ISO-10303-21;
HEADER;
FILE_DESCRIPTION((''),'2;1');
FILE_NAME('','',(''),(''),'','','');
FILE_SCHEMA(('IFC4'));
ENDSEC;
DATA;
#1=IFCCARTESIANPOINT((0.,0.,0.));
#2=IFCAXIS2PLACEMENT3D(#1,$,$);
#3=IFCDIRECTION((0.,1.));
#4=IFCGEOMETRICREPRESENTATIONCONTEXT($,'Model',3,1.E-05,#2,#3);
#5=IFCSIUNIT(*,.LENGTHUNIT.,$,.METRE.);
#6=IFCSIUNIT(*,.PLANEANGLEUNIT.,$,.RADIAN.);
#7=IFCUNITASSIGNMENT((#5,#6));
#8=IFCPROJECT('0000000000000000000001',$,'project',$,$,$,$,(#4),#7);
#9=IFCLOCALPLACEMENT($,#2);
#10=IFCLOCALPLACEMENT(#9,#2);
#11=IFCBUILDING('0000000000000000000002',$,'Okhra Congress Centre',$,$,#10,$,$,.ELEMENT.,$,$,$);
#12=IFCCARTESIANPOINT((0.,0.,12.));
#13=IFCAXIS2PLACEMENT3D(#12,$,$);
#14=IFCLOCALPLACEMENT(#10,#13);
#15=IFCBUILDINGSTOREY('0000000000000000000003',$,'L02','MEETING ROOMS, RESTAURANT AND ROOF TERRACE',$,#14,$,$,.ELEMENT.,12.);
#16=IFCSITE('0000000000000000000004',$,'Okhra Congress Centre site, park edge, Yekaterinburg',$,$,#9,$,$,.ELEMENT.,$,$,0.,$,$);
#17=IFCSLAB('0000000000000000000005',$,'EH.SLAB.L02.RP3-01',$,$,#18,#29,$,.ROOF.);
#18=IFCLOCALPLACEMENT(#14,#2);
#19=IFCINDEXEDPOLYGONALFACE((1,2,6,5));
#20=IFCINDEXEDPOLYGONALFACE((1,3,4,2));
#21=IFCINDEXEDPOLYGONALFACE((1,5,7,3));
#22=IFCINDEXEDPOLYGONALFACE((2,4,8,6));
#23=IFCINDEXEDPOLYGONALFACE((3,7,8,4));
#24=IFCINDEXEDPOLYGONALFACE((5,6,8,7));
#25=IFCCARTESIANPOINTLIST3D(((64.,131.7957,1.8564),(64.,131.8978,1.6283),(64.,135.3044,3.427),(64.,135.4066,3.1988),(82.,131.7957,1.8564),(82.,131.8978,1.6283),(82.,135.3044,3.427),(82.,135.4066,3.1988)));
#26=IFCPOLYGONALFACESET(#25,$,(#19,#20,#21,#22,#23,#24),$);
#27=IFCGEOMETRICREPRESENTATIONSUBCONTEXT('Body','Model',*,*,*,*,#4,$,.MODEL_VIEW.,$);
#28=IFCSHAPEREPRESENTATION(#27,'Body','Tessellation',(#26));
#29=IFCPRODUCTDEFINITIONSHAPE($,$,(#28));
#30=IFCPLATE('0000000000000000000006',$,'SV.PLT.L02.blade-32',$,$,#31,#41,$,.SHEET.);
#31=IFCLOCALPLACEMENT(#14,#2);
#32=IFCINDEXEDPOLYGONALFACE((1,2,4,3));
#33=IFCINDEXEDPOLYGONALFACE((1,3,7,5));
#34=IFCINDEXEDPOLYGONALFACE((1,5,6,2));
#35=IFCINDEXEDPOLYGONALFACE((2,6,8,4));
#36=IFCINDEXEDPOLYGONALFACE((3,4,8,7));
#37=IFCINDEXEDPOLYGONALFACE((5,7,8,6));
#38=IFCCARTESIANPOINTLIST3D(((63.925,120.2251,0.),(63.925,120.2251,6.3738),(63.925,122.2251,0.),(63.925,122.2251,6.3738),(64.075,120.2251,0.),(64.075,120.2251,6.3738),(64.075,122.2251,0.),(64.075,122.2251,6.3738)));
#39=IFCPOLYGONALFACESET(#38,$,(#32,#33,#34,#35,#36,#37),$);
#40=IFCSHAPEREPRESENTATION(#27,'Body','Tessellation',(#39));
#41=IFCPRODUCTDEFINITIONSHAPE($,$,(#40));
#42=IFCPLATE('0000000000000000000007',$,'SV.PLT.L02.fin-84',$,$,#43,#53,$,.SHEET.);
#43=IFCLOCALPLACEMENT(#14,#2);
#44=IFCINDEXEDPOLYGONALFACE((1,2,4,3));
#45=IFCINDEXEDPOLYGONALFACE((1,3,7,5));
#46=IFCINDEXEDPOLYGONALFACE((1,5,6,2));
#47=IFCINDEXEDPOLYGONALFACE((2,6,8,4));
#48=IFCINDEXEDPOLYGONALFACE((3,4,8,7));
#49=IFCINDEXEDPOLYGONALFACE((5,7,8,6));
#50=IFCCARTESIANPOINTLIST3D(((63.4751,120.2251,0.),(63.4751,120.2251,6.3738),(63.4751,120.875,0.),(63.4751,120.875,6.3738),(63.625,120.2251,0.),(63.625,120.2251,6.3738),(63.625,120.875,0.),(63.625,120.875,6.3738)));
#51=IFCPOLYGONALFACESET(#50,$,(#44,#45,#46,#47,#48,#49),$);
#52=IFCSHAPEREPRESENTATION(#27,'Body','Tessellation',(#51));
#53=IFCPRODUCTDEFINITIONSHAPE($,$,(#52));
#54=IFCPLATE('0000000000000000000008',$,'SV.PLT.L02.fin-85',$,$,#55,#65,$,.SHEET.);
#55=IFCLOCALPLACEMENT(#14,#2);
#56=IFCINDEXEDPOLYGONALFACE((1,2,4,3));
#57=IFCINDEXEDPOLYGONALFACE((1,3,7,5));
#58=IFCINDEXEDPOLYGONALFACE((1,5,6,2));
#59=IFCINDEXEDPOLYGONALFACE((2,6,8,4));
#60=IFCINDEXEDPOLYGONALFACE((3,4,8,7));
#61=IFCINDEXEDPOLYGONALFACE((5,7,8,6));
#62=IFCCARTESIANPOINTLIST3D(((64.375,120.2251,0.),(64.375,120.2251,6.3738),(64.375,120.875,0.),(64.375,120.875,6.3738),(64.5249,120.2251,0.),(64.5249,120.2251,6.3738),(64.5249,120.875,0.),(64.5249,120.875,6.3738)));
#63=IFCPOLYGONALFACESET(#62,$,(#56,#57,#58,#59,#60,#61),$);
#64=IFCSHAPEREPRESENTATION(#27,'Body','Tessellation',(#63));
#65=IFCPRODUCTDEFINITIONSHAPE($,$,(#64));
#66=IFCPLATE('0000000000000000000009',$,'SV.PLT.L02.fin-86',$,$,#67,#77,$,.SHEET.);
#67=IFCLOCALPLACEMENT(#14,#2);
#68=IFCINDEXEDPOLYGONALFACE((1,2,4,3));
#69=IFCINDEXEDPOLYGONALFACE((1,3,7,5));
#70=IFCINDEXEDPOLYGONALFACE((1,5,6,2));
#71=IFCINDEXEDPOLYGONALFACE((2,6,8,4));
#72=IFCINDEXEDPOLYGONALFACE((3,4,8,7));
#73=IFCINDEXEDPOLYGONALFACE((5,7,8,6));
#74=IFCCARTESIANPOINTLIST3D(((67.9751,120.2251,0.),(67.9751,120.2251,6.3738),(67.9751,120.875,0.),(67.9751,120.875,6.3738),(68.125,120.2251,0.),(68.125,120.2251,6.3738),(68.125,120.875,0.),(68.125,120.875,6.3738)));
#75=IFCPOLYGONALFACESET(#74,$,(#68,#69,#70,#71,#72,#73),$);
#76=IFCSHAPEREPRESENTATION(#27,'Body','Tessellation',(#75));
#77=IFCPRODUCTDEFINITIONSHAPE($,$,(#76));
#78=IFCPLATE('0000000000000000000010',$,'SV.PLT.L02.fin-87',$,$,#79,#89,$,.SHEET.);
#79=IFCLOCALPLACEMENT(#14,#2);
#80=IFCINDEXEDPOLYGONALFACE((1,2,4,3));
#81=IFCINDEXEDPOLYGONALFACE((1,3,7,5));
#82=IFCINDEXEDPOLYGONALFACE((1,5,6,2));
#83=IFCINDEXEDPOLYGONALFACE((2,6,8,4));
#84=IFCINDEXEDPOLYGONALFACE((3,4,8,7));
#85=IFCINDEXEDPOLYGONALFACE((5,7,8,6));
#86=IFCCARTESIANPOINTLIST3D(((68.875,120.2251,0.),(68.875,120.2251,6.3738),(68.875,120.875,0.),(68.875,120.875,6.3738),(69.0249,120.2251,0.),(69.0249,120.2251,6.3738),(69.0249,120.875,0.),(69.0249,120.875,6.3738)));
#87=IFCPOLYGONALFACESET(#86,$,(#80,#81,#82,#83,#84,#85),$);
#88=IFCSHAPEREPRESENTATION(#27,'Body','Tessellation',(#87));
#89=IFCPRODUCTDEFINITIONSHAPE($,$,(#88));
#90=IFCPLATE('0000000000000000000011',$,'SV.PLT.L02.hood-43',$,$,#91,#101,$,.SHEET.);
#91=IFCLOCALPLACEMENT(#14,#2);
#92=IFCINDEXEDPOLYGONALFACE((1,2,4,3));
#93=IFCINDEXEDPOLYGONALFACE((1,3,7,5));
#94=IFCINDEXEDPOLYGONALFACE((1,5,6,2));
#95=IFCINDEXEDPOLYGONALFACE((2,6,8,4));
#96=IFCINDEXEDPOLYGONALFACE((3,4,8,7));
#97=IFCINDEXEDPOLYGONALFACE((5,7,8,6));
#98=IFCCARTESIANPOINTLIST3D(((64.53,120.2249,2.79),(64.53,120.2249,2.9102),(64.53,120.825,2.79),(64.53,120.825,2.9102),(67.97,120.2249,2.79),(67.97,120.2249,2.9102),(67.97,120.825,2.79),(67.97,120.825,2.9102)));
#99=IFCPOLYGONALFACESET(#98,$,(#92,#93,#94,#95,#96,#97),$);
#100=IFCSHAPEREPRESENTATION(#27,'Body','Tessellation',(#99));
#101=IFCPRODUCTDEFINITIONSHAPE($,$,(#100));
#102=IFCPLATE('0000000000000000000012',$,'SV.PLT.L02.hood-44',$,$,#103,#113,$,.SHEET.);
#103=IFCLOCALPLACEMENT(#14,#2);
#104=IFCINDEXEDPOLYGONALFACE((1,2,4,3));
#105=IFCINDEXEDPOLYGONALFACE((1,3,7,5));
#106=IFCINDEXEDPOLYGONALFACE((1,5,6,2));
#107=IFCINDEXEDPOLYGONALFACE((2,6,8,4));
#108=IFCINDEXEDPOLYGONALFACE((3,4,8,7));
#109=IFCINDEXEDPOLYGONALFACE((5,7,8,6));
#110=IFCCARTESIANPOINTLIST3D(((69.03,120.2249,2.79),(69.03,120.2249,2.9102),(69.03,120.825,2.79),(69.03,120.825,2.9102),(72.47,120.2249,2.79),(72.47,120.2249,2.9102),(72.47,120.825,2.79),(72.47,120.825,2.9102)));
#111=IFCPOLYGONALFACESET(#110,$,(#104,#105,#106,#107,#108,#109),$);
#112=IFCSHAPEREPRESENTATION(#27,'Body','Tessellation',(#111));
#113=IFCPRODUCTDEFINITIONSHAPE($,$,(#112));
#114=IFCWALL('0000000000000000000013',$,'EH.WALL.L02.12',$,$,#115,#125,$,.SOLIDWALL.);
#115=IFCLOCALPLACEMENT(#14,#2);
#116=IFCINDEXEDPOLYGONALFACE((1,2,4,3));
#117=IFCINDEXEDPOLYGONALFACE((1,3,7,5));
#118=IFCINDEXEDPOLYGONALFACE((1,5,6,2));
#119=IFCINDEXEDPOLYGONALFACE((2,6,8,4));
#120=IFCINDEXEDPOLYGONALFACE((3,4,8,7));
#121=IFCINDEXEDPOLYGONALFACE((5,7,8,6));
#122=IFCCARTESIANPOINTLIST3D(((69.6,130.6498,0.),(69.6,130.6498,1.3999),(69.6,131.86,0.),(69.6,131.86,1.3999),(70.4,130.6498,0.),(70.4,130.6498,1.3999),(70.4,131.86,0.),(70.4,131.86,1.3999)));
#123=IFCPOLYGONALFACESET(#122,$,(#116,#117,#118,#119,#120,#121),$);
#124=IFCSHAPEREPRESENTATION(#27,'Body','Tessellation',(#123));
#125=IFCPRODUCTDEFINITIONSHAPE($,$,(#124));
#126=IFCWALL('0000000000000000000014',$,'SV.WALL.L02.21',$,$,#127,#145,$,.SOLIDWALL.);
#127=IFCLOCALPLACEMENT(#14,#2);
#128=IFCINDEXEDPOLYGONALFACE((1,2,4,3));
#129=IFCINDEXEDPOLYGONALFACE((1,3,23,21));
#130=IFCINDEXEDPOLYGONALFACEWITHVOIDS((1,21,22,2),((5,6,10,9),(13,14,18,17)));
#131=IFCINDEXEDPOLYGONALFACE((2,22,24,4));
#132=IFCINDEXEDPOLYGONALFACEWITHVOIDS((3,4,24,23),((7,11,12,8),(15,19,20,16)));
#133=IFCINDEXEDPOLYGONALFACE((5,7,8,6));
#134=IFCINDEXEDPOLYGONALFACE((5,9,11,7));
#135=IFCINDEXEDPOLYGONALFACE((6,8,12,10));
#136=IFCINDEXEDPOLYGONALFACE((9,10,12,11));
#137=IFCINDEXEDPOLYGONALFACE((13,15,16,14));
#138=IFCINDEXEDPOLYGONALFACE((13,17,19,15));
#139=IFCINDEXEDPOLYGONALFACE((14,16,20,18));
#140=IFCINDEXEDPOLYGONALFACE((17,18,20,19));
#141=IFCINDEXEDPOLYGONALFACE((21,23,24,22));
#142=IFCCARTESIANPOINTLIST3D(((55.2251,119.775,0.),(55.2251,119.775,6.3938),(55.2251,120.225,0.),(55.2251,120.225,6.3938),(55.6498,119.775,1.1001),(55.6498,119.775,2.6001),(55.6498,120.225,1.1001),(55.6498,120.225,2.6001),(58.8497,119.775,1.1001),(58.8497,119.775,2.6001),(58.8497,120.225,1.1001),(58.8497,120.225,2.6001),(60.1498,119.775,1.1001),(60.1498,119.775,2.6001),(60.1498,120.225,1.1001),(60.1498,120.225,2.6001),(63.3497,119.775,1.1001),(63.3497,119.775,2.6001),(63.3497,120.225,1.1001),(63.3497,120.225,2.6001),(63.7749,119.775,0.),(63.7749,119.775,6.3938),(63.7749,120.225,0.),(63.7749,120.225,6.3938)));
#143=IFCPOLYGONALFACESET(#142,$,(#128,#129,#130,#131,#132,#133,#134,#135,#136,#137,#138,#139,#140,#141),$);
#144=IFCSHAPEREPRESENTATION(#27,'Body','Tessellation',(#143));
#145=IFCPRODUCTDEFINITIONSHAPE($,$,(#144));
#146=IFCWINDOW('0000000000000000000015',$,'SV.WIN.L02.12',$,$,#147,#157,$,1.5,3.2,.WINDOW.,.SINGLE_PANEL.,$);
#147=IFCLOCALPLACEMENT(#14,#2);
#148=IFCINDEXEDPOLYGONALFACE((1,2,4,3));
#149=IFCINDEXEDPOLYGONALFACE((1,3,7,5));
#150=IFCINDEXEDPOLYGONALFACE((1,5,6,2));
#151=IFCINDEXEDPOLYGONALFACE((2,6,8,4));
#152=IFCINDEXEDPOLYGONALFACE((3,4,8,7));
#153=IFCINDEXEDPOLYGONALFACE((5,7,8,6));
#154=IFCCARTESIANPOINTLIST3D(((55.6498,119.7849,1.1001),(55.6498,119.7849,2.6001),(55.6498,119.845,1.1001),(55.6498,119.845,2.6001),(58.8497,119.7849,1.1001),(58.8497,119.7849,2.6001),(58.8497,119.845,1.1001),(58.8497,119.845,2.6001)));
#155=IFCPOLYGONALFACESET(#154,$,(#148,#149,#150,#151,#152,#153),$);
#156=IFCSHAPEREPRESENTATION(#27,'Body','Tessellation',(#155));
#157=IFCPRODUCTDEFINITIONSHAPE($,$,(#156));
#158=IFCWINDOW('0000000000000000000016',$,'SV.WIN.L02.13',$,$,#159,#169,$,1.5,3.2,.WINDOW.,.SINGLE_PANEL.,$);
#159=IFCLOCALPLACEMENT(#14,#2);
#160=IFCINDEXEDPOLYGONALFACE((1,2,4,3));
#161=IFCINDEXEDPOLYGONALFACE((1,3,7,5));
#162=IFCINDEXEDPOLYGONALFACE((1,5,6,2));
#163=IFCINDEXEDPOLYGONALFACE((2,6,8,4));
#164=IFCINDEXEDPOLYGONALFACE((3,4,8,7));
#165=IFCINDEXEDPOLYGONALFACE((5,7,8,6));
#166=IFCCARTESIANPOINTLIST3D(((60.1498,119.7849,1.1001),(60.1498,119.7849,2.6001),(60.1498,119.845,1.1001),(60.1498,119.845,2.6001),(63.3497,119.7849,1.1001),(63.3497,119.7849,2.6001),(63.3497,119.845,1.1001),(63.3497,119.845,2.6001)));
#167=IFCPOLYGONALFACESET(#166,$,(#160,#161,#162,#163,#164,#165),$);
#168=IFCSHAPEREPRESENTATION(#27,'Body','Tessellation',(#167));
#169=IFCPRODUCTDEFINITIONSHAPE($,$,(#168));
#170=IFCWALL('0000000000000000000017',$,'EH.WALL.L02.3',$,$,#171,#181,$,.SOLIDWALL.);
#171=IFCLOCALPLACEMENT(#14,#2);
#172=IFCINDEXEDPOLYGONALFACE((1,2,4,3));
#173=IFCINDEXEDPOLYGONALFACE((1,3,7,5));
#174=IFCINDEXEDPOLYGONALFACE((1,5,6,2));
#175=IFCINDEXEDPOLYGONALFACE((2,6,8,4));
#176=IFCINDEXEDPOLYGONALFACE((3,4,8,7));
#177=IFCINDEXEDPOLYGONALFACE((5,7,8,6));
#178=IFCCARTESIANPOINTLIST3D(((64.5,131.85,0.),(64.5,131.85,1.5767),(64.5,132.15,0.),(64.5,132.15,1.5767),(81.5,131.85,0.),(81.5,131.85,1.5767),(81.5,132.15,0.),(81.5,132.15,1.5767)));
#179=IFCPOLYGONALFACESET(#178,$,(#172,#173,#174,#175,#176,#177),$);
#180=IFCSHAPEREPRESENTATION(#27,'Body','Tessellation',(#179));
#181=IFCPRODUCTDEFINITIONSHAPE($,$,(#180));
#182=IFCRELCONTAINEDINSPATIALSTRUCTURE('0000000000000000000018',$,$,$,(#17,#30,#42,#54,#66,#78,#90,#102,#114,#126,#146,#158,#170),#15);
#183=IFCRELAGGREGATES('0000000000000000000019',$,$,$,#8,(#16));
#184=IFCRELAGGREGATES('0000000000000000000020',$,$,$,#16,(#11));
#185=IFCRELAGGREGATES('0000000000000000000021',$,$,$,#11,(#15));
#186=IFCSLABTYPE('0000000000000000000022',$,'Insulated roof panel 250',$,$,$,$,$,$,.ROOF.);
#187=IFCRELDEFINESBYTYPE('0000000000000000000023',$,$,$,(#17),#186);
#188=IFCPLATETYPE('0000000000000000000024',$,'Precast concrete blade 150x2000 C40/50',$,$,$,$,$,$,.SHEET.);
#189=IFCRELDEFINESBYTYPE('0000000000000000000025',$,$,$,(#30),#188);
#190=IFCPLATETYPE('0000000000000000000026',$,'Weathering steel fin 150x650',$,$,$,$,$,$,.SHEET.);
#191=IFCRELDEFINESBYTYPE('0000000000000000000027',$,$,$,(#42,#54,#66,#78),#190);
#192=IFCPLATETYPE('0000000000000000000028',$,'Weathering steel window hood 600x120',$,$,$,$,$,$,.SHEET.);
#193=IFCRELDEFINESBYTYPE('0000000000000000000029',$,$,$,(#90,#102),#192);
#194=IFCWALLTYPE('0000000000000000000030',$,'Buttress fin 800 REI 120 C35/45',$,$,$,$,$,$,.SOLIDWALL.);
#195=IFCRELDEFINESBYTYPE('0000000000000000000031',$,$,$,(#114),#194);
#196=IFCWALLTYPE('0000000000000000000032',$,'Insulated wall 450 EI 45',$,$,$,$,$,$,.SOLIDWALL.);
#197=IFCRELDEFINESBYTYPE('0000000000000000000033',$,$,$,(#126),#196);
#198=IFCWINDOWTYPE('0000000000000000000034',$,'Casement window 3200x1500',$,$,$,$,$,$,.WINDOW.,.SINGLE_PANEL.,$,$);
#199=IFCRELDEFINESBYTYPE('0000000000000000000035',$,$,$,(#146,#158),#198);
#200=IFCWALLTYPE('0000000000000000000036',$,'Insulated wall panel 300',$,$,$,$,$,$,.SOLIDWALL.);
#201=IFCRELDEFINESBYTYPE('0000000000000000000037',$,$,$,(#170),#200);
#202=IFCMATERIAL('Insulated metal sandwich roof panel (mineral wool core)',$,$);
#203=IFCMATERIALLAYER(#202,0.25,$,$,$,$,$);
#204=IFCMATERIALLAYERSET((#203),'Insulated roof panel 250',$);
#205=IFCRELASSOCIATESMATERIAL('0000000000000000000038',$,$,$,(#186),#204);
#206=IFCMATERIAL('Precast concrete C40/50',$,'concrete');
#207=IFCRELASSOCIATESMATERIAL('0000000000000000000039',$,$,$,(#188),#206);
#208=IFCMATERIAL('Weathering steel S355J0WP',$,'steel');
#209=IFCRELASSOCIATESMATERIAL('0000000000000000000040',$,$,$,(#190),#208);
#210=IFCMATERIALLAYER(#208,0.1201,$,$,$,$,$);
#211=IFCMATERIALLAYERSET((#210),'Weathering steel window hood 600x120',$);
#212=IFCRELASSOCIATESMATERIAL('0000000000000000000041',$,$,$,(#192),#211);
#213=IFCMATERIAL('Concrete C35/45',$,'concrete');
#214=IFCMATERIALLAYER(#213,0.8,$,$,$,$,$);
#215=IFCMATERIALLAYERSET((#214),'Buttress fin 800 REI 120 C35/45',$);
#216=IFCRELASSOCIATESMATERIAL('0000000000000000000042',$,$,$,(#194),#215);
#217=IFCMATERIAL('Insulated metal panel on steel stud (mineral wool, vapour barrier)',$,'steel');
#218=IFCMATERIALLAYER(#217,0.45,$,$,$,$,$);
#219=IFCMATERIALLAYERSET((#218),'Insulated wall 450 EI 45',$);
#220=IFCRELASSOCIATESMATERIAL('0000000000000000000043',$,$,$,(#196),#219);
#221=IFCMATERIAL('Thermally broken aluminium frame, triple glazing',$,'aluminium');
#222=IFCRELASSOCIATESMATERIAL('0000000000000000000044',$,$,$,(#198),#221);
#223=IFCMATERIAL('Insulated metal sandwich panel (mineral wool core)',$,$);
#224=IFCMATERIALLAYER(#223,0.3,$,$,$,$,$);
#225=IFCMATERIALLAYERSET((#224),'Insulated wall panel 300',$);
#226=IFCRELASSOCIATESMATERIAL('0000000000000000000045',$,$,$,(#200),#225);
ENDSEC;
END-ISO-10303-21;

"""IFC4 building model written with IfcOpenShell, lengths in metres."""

from ifc_helpers import new_model, si_unit, direction, frame, frame_2d, origin, origin_2d, place, context, subcontext, project, spatial, polyline, rectangle, outline, extrude, material, layer, layer_set, type_object, element, fill, save


model = new_model("IFC4")

# Units and contexts
model_context = context("Model", 3, precision=1e-05, world=origin(), true_north=direction((0.0, 1.0)))
body_context = subcontext(model_context, "Body", "Model", "MODEL_VIEW")
ifc_project = project(units=[si_unit("LENGTHUNIT", "METRE"), si_unit("PLANEANGLEUNIT", "RADIAN")], contexts=[model_context])

# Site, building, storey
site_placement = place(None, origin())
site = spatial("IfcSite", under=ifc_project, at=site_placement, Name="Okhra Congress Centre site, park edge, Yekaterinburg", CompositionType="ELEMENT", RefElevation=0.0)
building_placement = place(site_placement, origin())
building = spatial("IfcBuilding", under=site, at=building_placement, Name="Okhra Congress Centre", CompositionType="ELEMENT")
storey_placement = place(building_placement, frame((0.0, 0.0, 12.0)))
storey = spatial("IfcBuildingStorey", under=building, at=storey_placement, Name="L02", Description="MEETING ROOMS, RESTAURANT AND ROOF TERRACE", CompositionType="ELEMENT", Elevation=12.0)

# Shared definitions
ifc_material_1 = material(Name="Concrete C35/45", Category="concrete")

# Slab
ifc_material_2 = material(Name="Insulated metal sandwich roof panel (mineral wool core)")
ifc_layer_1 = layer(ifc_material_2, 0.25)
ifc_layer_set_1 = layer_set([ifc_layer_1], Name="Insulated roof panel 250")
slab_type = type_object("IfcSlabType", Name="Insulated roof panel 250", PredefinedType="ROOF", material=ifc_layer_set_1)
slab_placement = place(storey_placement, frame((64.0, 131.7957, 1.8564), z_axis=(0.0, -0.408547, 0.912737), x_axis=(1.0, 0.0, 0.0)))
element("IfcSlab", 1, at=slab_placement, inside=storey, type_object=slab_type, Name="EH.SLAB.L02.RP3-01", PredefinedType="ROOF", context=body_context, shape_type="SweptSolid", body=[
    extrude(outline(polyline([(0.0, 0.0), (18.0, 0.0), (18.0, 3.8442), (0.0, 3.8442), (0.0, 0.0)])), origin(), (0.0, 0.0, -1.0), 0.25),
])

# Plates
ifc_material_3 = material(Name="Precast concrete C40/50", Category="concrete")
plate_type_1 = type_object("IfcPlateType", Name="Precast concrete blade 150x2000 C40/50", PredefinedType="SHEET", material=ifc_material_3)
plate_placement = place(storey_placement, frame((64.0, 121.2251, 0.0), z_axis=(0.0, 0.0, 1.0), x_axis=(-1.0, 0.0, 0.0)))
element("IfcPlate", 2, at=plate_placement, inside=storey, type_object=plate_type_1, Name="SV.PLT.L02.blade-32", PredefinedType="SHEET", context=body_context, shape_type="SweptSolid", body=[
    extrude(rectangle(XDim=0.1499, YDim=2.0, at=origin_2d()), origin(), (0.0, 0.0, 1.0), 6.3738),
])
ifc_material_4 = material(Name="Weathering steel S355J0WP", Category="steel")
plate_type_2 = type_object("IfcPlateType", Name="Weathering steel fin 150x650", PredefinedType="SHEET", material=ifc_material_4)
for number, where, z_axis, x_axis, name in (
    (3, (63.55, 120.55, 0.0), (0.0, 0.0, 1.0), (-1.0, 0.0, 0.0), "SV.PLT.L02.fin-84"),
    (4, (64.45, 120.55, 0.0), (0.0, 0.0, 1.0), (-1.0, 0.0, 0.0), "SV.PLT.L02.fin-85"),
    (5, (68.05, 120.55, 0.0), (0.0, 0.0, 1.0), (-1.0, 0.0, 0.0), "SV.PLT.L02.fin-86"),
    (6, (68.95, 120.55, 0.0), (0.0, 0.0, 1.0), (-1.0, 0.0, 0.0), "SV.PLT.L02.fin-87"),
):
    element("IfcPlate", number, at=place(storey_placement, frame(where, z_axis=z_axis, x_axis=x_axis)), inside=storey, type_object=plate_type_2, Name=name, PredefinedType="SHEET", context=body_context, shape_type="SweptSolid", body=[
        extrude(rectangle(XDim=0.1499, YDim=0.6499, at=origin_2d()), origin(), (0.0, 0.0, 1.0), 6.3738),
    ])
ifc_layer_2 = layer(ifc_material_4, 0.1201)
ifc_layer_set_2 = layer_set([ifc_layer_2], Name="Weathering steel window hood 600x120")
plate_type_3 = type_object("IfcPlateType", Name="Weathering steel window hood 600x120", PredefinedType="SHEET", material=ifc_layer_set_2)
for number, where, z_axis, x_axis, name in (
    (7, (66.25, 120.5249, 2.79), (0.0, 0.0, 1.0), (-1.0, 0.0, 0.0), "SV.PLT.L02.hood-43"),
    (8, (70.75, 120.5249, 2.79), (0.0, 0.0, 1.0), (-1.0, 0.0, 0.0), "SV.PLT.L02.hood-44"),
):
    element("IfcPlate", number, at=place(storey_placement, frame(where, z_axis=z_axis, x_axis=x_axis)), inside=storey, type_object=plate_type_3, Name=name, PredefinedType="SHEET", context=body_context, shape_type="SweptSolid", body=[
        extrude(rectangle(XDim=3.4399, YDim=0.6001, at=origin_2d()), origin(), (0.0, 0.0, 1.0), 0.1201),
    ])

# Wall
ifc_layer_3 = layer(ifc_material_1, 0.8)
ifc_layer_set_3 = layer_set([ifc_layer_3], Name="Buttress fin 800 REI 120 C35/45")
wall_type_1 = type_object("IfcWallType", Name="Buttress fin 800 REI 120 C35/45", PredefinedType="SOLIDWALL", material=ifc_layer_set_3)
wall_1_placement = place(storey_placement, frame((70.0, 130.6499, 0.0), z_axis=(0.0, 0.0, 1.0), x_axis=(0.0, 1.0, 0.0)))
element("IfcWall", 9, at=wall_1_placement, inside=storey, type_object=wall_type_1, Name="EH.WALL.L02.12", PredefinedType="SOLIDWALL", context=body_context, shape_type="SweptSolid", body=[
    extrude(rectangle(XDim=1.2102, YDim=0.8, at=frame_2d((0.605, 0.0))), origin(), (0.0, 0.0, 1.0), 1.3999),
])

# Wall, openings, windows
ifc_material_5 = material(Name="Insulated metal panel on steel stud (mineral wool, vapour barrier)", Category="steel")
ifc_layer_4 = layer(ifc_material_5, 0.45)
ifc_layer_set_4 = layer_set([ifc_layer_4], Name="Insulated wall 450 EI 45")
wall_type_2 = type_object("IfcWallType", Name="Insulated wall 450 EI 45", PredefinedType="SOLIDWALL", material=ifc_layer_set_4)
wall_2_placement = place(storey_placement, frame((63.7749, 120.0, 0.0), z_axis=(0.0, 0.0, 1.0), x_axis=(-1.0, 0.0, 0.0)))
wall_2 = element("IfcWall", 10, at=wall_2_placement, inside=storey, type_object=wall_type_2, Name="SV.WALL.L02.21", PredefinedType="SOLIDWALL", context=body_context, shape_type="SweptSolid", body=[
    extrude(rectangle(XDim=8.5498, YDim=0.45, at=frame_2d((4.2749, 0.0))), origin(), (0.0, 0.0, 1.0), 6.3938),
])
opening_1_placement = place(wall_2_placement, frame((4.925, 0.0, 1.1001)))
opening_1 = element("IfcOpeningElement", 11, at=opening_1_placement, cuts=wall_2, PredefinedType="OPENING", context=body_context, shape_type="SweptSolid", body=[
    extrude(rectangle(XDim=3.2, YDim=1.5, at=frame_2d((1.6001, 0.75))), frame((0.0, 0.2349, 0.0), z_axis=(0.0, -1.0, 0.0), x_axis=(1.0, 0.0, 0.0)), (0.0, 0.0, 1.0), 0.47),
])
opening_2_placement = place(wall_2_placement, frame((0.425, 0.0, 1.1001)))
opening_2 = element("IfcOpeningElement", 12, at=opening_2_placement, cuts=wall_2, PredefinedType="OPENING", context=body_context, shape_type="SweptSolid", body=[
    extrude(rectangle(XDim=3.2, YDim=1.5, at=frame_2d((1.6001, 0.75))), frame((0.0, 0.2349, 0.0), z_axis=(0.0, -1.0, 0.0), x_axis=(1.0, 0.0, 0.0)), (0.0, 0.0, 1.0), 0.47),
])
ifc_material_6 = material(Name="Thermally broken aluminium frame, triple glazing", Category="aluminium")
window_type = type_object("IfcWindowType", Name="Casement window 3200x1500", PartitioningType="SINGLE_PANEL", PredefinedType="WINDOW", material=ifc_material_6)
window_1_placement = place(opening_1_placement, origin())
window_1 = element("IfcWindow", 13, at=window_1_placement, inside=storey, type_object=window_type, Name="SV.WIN.L02.12", OverallHeight=1.5, OverallWidth=3.2, PartitioningType="SINGLE_PANEL", PredefinedType="WINDOW", context=body_context, shape_type="SweptSolid", body=[
    extrude(rectangle(XDim=3.2, YDim=1.5, at=frame_2d((1.6001, 0.75))), frame((0.0, 0.2151, 0.0), z_axis=(0.0, -1.0, 0.0), x_axis=(1.0, 0.0, 0.0)), (0.0, 0.0, 1.0), 0.0601),
])
fill(opening_1, window_1)
window_2_placement = place(opening_2_placement, origin())
window_2 = element("IfcWindow", 14, at=window_2_placement, inside=storey, type_object=window_type, Name="SV.WIN.L02.13", OverallHeight=1.5, OverallWidth=3.2, PartitioningType="SINGLE_PANEL", PredefinedType="WINDOW", context=body_context, shape_type="SweptSolid", body=[
    extrude(rectangle(XDim=3.2, YDim=1.5, at=frame_2d((1.6001, 0.75))), frame((0.0, 0.2151, 0.0), z_axis=(0.0, -1.0, 0.0), x_axis=(1.0, 0.0, 0.0)), (0.0, 0.0, 1.0), 0.0601),
])
fill(opening_2, window_2)

# Wall
ifc_material_7 = material(Name="Insulated metal sandwich panel (mineral wool core)")
ifc_layer_5 = layer(ifc_material_7, 0.3)
ifc_layer_set_5 = layer_set([ifc_layer_5], Name="Insulated wall panel 300")
wall_type_3 = type_object("IfcWallType", Name="Insulated wall panel 300", PredefinedType="SOLIDWALL", material=ifc_layer_set_5)
wall_3_placement = place(storey_placement, frame((64.5, 132.0, 0.0), z_axis=(0.0, 0.0, 1.0), x_axis=(1.0, 0.0, 0.0)))
element("IfcWall", 15, at=wall_3_placement, inside=storey, type_object=wall_type_3, Name="EH.WALL.L02.3", PredefinedType="SOLIDWALL", context=body_context, shape_type="SweptSolid", body=[
    extrude(rectangle(XDim=17.0, YDim=0.3, at=frame_2d((8.5, 0.0))), origin(), (0.0, 0.0, 1.0), 1.5767),
])

save(model, "model.ifc")
